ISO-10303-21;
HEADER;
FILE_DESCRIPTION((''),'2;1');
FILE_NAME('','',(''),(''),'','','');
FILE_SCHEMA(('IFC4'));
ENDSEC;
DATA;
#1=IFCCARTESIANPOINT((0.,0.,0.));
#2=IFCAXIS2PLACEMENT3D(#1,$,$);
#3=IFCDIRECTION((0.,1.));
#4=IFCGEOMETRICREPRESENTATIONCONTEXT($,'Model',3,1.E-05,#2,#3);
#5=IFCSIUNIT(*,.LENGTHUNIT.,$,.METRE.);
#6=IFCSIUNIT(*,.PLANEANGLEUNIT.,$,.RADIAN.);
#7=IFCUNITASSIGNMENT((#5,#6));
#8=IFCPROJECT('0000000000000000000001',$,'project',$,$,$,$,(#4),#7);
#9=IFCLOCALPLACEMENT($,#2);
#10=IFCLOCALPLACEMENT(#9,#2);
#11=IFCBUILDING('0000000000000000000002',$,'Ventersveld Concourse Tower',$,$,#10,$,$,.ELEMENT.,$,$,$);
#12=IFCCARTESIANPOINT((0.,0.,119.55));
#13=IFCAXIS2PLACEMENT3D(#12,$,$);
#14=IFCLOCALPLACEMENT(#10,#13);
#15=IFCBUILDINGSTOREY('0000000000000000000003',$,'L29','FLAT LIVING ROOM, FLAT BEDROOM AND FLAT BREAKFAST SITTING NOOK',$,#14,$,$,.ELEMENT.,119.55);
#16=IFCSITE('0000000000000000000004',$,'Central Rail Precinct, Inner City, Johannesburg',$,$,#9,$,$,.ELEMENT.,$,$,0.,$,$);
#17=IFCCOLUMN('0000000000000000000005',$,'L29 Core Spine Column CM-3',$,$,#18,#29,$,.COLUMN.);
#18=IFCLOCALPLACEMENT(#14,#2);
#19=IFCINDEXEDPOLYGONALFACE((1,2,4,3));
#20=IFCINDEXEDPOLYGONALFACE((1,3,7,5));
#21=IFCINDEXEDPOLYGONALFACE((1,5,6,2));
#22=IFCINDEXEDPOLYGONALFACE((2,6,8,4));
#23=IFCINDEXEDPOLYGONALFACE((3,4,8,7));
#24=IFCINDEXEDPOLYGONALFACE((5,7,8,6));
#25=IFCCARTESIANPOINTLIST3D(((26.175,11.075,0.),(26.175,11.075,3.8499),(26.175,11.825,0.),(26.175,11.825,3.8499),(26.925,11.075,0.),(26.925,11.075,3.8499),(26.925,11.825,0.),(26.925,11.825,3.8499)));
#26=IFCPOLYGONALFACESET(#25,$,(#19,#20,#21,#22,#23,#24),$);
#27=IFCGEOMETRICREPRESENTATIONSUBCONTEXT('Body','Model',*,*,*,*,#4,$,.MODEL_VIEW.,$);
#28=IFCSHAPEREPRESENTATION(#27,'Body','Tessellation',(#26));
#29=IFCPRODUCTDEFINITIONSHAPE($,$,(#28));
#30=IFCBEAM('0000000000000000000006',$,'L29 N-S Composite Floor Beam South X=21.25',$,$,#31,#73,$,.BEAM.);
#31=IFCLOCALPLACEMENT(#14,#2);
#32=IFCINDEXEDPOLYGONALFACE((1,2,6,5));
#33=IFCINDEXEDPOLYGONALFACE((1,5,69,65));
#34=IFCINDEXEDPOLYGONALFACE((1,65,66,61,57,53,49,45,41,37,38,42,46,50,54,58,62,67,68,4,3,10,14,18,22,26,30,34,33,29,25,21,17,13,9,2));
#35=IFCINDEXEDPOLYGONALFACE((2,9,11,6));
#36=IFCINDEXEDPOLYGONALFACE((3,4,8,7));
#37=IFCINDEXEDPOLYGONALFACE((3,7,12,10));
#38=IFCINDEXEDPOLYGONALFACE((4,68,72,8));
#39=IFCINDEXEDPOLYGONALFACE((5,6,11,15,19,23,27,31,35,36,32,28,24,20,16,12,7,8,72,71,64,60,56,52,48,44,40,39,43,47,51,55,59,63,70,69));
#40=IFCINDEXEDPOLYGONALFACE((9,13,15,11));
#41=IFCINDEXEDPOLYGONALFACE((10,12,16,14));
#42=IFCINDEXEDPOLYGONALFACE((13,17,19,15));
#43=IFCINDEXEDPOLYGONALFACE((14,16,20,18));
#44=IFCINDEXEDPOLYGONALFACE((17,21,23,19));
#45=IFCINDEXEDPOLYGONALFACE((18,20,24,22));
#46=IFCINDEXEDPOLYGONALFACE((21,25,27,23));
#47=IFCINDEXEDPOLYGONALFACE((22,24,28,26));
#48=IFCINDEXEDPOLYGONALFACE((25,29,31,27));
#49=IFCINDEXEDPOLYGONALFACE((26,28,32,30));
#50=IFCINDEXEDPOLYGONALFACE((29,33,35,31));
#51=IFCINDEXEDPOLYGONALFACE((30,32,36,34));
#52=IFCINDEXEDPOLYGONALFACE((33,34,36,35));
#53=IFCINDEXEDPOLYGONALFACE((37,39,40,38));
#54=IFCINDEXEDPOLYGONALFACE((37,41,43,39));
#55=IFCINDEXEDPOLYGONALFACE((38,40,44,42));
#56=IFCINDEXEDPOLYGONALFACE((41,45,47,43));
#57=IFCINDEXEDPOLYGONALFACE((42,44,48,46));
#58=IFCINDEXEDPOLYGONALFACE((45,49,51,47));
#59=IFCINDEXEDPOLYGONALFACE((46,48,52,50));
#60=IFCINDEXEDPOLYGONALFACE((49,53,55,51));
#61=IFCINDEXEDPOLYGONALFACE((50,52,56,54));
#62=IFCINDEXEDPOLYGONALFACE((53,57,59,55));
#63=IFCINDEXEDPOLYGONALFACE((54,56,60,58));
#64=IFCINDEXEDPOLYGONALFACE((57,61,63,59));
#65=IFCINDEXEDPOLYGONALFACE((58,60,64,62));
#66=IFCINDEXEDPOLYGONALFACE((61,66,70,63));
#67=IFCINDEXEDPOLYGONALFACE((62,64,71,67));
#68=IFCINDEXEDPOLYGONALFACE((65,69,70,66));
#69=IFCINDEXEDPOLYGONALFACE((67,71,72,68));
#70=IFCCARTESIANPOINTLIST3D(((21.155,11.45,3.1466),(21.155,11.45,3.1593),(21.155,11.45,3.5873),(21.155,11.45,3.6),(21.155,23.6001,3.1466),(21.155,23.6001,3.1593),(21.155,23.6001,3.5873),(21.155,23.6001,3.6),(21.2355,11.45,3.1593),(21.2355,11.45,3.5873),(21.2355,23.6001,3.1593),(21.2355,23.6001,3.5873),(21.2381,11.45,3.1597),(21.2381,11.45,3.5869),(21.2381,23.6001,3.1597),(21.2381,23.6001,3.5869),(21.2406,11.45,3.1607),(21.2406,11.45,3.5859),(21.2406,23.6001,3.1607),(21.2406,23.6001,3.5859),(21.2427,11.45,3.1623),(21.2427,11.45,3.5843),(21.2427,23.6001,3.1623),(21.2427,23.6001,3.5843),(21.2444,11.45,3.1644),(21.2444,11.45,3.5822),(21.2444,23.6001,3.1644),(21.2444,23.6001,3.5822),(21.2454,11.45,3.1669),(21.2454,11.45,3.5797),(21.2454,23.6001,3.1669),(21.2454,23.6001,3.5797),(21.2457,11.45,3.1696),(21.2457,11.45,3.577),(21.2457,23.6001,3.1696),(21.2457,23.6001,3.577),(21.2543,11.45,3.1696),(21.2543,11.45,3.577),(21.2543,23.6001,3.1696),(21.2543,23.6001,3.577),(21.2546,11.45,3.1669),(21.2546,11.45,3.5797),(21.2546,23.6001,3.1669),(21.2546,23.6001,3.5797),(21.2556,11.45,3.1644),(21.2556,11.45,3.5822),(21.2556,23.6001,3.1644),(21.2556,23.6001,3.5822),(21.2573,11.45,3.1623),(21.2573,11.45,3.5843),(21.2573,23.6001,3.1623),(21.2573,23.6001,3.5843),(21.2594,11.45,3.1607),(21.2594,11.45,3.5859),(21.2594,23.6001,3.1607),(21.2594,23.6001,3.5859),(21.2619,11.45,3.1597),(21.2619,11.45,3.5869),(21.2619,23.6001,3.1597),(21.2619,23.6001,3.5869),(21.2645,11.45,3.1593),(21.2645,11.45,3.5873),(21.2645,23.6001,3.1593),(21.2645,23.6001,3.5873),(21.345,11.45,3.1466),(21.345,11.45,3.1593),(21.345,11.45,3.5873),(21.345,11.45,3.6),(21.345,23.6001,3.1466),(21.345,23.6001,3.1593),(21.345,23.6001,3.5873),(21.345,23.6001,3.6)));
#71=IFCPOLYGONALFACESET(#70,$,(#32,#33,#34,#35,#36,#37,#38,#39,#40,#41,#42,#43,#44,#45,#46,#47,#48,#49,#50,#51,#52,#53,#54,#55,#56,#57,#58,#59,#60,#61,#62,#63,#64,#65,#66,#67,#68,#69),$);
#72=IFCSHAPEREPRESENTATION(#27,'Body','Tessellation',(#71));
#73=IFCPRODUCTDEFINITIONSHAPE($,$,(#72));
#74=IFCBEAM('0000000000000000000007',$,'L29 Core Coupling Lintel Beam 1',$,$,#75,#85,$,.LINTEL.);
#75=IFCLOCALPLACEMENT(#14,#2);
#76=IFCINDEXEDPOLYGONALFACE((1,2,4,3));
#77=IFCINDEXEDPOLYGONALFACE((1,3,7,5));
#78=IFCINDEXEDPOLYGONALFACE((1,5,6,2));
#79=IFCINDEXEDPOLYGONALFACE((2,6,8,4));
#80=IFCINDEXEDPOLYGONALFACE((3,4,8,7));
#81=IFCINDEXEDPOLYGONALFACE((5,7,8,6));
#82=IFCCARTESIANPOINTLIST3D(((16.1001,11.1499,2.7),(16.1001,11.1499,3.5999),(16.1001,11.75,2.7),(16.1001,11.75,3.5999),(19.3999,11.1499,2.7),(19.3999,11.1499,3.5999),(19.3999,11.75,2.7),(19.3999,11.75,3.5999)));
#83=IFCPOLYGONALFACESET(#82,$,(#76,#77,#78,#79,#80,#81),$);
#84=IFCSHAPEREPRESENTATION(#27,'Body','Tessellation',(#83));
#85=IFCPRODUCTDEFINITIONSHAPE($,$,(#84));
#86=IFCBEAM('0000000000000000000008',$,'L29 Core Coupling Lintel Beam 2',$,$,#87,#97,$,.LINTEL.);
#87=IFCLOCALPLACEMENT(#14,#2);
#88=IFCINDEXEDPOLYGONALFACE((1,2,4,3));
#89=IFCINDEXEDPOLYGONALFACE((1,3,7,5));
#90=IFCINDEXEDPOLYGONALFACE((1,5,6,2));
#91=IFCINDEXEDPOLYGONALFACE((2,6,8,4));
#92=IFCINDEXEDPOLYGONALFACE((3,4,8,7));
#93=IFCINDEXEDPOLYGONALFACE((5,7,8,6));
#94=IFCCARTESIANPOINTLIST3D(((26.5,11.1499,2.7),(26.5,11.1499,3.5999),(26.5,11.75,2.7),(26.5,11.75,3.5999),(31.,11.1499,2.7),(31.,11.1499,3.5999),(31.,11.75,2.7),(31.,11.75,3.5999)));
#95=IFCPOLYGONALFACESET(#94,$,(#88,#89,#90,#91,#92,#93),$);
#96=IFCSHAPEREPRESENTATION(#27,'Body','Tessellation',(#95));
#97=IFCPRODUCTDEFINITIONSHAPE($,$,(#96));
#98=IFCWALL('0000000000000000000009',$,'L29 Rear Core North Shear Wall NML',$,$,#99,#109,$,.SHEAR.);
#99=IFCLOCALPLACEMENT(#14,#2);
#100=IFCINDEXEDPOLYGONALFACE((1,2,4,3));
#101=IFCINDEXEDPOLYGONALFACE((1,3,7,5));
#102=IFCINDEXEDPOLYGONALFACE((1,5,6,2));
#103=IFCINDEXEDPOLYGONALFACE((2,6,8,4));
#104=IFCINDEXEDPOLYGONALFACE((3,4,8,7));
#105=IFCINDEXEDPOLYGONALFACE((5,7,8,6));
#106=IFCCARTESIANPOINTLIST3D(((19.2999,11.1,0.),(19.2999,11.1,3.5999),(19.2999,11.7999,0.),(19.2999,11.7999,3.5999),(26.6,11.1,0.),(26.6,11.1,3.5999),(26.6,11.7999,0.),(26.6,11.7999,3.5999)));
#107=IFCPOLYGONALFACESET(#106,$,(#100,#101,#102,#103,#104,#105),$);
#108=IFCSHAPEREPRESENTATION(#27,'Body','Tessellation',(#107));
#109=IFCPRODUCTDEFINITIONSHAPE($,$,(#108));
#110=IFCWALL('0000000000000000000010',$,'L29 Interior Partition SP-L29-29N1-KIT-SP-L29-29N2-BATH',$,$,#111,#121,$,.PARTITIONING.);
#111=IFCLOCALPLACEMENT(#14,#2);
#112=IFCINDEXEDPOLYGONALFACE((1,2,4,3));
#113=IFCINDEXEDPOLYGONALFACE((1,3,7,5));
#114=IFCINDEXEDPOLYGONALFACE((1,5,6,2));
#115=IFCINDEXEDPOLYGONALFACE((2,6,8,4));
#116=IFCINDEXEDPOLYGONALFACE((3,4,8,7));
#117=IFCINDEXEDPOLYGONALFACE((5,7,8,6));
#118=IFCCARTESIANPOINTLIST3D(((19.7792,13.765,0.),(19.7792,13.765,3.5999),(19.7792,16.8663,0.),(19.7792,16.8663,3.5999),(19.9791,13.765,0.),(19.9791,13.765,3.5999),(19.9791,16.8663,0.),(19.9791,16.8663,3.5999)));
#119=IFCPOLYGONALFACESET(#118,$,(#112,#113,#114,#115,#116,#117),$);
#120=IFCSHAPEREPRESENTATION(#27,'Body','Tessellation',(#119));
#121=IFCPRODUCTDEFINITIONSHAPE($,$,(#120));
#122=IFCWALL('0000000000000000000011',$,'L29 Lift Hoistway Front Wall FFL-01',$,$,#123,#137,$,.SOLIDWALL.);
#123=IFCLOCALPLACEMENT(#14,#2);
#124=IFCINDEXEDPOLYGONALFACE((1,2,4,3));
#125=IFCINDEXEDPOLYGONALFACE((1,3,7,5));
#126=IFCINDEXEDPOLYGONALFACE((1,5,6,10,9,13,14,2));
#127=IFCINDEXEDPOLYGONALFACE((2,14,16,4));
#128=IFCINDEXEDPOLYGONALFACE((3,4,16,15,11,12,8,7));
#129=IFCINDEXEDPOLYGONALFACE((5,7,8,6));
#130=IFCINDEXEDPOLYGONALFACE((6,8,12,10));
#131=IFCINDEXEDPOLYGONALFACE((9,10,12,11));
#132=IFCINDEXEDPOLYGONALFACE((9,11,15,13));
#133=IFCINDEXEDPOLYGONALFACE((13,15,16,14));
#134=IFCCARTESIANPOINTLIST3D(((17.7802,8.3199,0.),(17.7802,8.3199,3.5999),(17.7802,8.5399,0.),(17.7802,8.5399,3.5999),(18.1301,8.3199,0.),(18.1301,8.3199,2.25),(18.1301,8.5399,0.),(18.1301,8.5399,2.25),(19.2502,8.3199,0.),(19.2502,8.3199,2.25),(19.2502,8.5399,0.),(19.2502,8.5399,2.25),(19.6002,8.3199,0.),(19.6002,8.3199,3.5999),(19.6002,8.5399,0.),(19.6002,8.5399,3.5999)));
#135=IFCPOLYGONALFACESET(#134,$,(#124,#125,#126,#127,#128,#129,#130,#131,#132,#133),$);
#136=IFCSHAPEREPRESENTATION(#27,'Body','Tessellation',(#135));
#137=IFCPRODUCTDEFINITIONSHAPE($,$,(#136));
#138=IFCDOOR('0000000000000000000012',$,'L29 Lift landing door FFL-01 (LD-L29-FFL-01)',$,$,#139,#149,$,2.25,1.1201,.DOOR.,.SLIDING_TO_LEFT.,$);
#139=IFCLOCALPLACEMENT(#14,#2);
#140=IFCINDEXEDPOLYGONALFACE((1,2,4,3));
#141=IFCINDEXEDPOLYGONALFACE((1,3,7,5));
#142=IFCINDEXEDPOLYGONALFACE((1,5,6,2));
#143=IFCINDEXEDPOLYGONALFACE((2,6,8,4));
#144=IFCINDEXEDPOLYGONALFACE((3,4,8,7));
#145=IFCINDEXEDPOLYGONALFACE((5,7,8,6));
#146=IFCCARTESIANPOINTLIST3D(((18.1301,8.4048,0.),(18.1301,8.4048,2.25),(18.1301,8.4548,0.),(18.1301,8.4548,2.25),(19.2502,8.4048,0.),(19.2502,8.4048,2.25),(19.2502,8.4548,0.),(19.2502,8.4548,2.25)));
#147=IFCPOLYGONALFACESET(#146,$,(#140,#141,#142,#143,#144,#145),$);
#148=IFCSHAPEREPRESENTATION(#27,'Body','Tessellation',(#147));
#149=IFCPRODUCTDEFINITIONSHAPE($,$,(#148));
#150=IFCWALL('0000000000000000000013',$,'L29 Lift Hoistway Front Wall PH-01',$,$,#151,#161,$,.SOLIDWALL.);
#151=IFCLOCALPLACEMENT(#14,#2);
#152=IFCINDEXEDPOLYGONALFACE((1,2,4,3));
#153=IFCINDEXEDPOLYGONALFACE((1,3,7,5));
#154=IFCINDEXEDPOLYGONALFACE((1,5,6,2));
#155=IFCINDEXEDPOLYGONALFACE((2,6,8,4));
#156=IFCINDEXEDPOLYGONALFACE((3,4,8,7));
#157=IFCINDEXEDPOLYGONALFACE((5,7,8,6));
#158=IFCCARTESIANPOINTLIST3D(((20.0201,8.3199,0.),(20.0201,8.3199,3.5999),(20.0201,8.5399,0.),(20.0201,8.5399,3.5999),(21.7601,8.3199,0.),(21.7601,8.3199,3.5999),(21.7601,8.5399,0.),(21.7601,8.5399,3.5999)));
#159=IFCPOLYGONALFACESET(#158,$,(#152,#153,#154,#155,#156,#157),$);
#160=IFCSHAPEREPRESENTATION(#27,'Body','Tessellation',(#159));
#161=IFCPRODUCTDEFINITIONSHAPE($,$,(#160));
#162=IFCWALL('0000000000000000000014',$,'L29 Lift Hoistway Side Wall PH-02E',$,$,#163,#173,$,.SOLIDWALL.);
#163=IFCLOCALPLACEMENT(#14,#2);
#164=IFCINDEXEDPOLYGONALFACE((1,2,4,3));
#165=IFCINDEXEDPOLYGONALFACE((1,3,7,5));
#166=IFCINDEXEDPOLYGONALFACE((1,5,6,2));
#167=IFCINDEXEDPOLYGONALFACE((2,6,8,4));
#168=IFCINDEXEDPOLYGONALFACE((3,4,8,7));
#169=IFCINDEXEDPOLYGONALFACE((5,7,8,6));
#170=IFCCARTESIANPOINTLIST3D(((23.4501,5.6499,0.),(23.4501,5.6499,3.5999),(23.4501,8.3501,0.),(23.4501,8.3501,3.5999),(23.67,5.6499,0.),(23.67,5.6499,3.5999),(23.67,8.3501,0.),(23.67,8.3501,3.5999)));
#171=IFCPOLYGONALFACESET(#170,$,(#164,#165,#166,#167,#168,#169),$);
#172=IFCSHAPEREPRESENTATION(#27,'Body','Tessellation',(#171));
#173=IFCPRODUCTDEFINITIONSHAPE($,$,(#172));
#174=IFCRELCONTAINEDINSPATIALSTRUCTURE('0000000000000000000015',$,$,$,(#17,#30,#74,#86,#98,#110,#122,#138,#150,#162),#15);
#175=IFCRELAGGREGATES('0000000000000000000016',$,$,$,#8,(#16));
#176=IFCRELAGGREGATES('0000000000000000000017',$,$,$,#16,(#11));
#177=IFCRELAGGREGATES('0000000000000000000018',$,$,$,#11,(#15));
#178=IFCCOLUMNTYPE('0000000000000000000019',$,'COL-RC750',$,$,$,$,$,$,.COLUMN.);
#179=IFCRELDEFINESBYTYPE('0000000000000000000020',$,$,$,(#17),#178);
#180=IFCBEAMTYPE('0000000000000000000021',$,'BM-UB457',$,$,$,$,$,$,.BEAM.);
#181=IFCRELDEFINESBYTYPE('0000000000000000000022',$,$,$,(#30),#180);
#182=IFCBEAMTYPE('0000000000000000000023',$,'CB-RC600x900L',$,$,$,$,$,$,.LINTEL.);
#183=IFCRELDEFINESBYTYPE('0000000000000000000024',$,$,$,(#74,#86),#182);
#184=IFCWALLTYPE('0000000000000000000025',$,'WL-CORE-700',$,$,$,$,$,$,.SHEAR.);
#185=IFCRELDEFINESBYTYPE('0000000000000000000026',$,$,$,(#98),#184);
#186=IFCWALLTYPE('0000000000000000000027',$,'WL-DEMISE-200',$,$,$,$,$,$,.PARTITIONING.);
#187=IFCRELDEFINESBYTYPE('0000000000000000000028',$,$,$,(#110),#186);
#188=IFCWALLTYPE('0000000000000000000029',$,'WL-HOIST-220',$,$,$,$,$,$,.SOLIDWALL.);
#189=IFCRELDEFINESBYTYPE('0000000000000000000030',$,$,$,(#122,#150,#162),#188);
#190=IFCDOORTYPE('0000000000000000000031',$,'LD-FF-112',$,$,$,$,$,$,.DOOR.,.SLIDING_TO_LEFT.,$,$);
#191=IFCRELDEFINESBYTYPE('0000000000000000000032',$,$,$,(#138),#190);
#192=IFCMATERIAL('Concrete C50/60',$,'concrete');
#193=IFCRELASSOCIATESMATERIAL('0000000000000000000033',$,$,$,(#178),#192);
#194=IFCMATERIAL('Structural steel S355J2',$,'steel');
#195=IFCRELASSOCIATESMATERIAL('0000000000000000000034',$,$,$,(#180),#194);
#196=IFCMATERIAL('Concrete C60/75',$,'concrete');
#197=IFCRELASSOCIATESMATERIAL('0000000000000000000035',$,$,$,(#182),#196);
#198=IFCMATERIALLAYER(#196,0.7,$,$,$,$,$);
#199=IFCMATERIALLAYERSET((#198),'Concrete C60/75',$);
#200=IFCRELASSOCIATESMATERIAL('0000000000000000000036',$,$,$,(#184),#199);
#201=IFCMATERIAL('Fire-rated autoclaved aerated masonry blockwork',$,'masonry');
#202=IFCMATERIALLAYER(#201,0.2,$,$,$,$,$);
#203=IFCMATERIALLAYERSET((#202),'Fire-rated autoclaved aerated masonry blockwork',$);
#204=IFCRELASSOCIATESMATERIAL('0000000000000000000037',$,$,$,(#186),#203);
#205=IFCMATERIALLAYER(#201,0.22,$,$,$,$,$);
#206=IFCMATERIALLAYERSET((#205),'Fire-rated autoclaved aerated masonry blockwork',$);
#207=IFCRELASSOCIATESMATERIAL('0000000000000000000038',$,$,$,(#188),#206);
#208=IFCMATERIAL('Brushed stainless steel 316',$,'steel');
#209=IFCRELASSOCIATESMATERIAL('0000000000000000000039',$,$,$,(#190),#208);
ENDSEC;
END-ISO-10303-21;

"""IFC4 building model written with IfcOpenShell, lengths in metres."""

from ifc_helpers import new_model, si_unit, direction, frame, frame_2d, origin, origin_2d, place, context, subcontext, project, spatial, rectangle, i_section, extrude, material, layer, layer_set, material_profile, profile_set, type_object, element, fill, save


model = new_model("IFC4")

# Units and contexts
model_context = context("Model", 3, precision=1e-05, world=origin(), true_north=direction((0.0, 1.0)))
body_context = subcontext(model_context, "Body", "Model", "MODEL_VIEW")
ifc_project = project(units=[si_unit("LENGTHUNIT", "METRE"), si_unit("PLANEANGLEUNIT", "RADIAN")], contexts=[model_context])

# Site, building, storey
site_placement = place(None, origin())
site = spatial("IfcSite", under=ifc_project, at=site_placement, Name="Central Rail Precinct, Inner City, Johannesburg", CompositionType="ELEMENT", RefElevation=0.0)
building_placement = place(site_placement, origin())
building = spatial("IfcBuilding", under=site, at=building_placement, Name="Ventersveld Concourse Tower", CompositionType="ELEMENT")
storey_placement = place(building_placement, frame((0.0, 0.0, 119.55)))
storey = spatial("IfcBuildingStorey", under=building, at=storey_placement, Name="L29", Description="FLAT LIVING ROOM, FLAT BEDROOM AND FLAT BREAKFAST SITTING NOOK", CompositionType="ELEMENT", Elevation=119.55)

# Column
ifc_material_1 = material(Name="Concrete C50/60", Category="concrete")
ifc_material_profile_1 = material_profile(ifc_material_1, rectangle(XDim=0.75, YDim=0.75, at=origin_2d()), Name="RC 750x750")
ifc_profile_set_1 = profile_set([ifc_material_profile_1], Name="Concrete C50/60")
column_type = type_object("IfcColumnType", Name="COL-RC750", PredefinedType="COLUMN", material=ifc_profile_set_1)
column_placement = place(storey_placement, frame((26.55, 11.45, 0.0), z_axis=(0.0, 0.0, 1.0), x_axis=(1.0, 0.0, 0.0)))
element("IfcColumn", 1, at=column_placement, inside=storey, type_object=column_type, Name="L29 Core Spine Column CM-3", PredefinedType="COLUMN", context=body_context, shape_type="SweptSolid", body=[
    extrude(rectangle(XDim=0.75, YDim=0.75, at=origin_2d()), origin(), (0.0, 0.0, 1.0), 3.8499),
])

# Beams
ifc_material_2 = material(Name="Structural steel S355J2", Category="steel")
ifc_material_profile_2 = material_profile(ifc_material_2, i_section(OverallWidth=0.1899, OverallDepth=0.4534, WebThickness=0.0085, FlangeThickness=0.0127, FilletRadius=0.0103, at=origin_2d()), Name="UB 457x191x67")
ifc_profile_set_2 = profile_set([ifc_material_profile_2], Name="Structural steel S355J2")
beam_type_1 = type_object("IfcBeamType", Name="BM-UB457", PredefinedType="BEAM", material=ifc_profile_set_2)
beam_1_placement = place(storey_placement, frame((21.25, 11.45, 3.3733), z_axis=(0.0, 1.0, 0.0), x_axis=(-1.0, 0.0, 0.0)))
element("IfcBeam", 2, at=beam_1_placement, inside=storey, type_object=beam_type_1, Name="L29 N-S Composite Floor Beam South X=21.25", PredefinedType="BEAM", context=body_context, shape_type="SweptSolid", body=[
    extrude(i_section(OverallWidth=0.1899, OverallDepth=0.4534, WebThickness=0.0085, FlangeThickness=0.0127, FilletRadius=0.0103, at=origin_2d()), origin(), (0.0, 0.0, 1.0), 12.1501),
])
ifc_material_3 = material(Name="Concrete C60/75", Category="concrete")
ifc_material_profile_3 = material_profile(ifc_material_3, rectangle(XDim=0.6001, YDim=0.8999, at=origin_2d()), Name="RC 600x900")
ifc_profile_set_3 = profile_set([ifc_material_profile_3], Name="Concrete C60/75")
beam_type_2 = type_object("IfcBeamType", Name="CB-RC600x900L", PredefinedType="LINTEL", material=ifc_profile_set_3)
beam_2_placement = place(storey_placement, frame((16.1001, 11.45, 3.1499), z_axis=(1.0, 0.0, 0.0), x_axis=(0.0, 1.0, 0.0)))
element("IfcBeam", 3, at=beam_2_placement, inside=storey, type_object=beam_type_2, Name="L29 Core Coupling Lintel Beam 1", PredefinedType="LINTEL", context=body_context, shape_type="SweptSolid", body=[
    extrude(rectangle(XDim=0.6001, YDim=0.8999, at=origin_2d()), origin(), (0.0, 0.0, 1.0), 3.2998),
])
beam_3_placement = place(storey_placement, frame((26.5, 11.45, 3.1499), z_axis=(1.0, 0.0, 0.0), x_axis=(0.0, 1.0, 0.0)))
element("IfcBeam", 4, at=beam_3_placement, inside=storey, type_object=beam_type_2, Name="L29 Core Coupling Lintel Beam 2", PredefinedType="LINTEL", context=body_context, shape_type="SweptSolid", body=[
    extrude(rectangle(XDim=0.6001, YDim=0.8999, at=origin_2d()), origin(), (0.0, 0.0, 1.0), 4.5),
])

# Walls
ifc_layer_1 = layer(ifc_material_3, 0.7)
ifc_layer_set_1 = layer_set([ifc_layer_1], Name="Concrete C60/75")
wall_type_1 = type_object("IfcWallType", Name="WL-CORE-700", PredefinedType="SHEAR", material=ifc_layer_set_1)
wall_1_placement = place(storey_placement, frame((19.3, 11.45, 0.0), z_axis=(0.0, 0.0, 1.0), x_axis=(1.0, 0.0, 0.0)))
element("IfcWall", 5, at=wall_1_placement, inside=storey, type_object=wall_type_1, Name="L29 Rear Core North Shear Wall NML", PredefinedType="SHEAR", context=body_context, shape_type="SweptSolid", body=[
    extrude(rectangle(XDim=7.3, YDim=0.7, at=frame_2d((3.6499, 0.0))), origin(), (0.0, 0.0, 1.0), 3.5999),
])
ifc_material_4 = material(Name="Fire-rated autoclaved aerated masonry blockwork", Category="masonry")
ifc_layer_2 = layer(ifc_material_4, 0.2)
ifc_layer_set_2 = layer_set([ifc_layer_2], Name="Fire-rated autoclaved aerated masonry blockwork")
wall_type_2 = type_object("IfcWallType", Name="WL-DEMISE-200", PredefinedType="PARTITIONING", material=ifc_layer_set_2)
wall_2_placement = place(storey_placement, frame((19.8792, 13.7649, 0.0), z_axis=(0.0, 0.0, 1.0), x_axis=(0.0, 1.0, 0.0)))
element("IfcWall", 6, at=wall_2_placement, inside=storey, type_object=wall_type_2, Name="L29 Interior Partition SP-L29-29N1-KIT-SP-L29-29N2-BATH", PredefinedType="PARTITIONING", context=body_context, shape_type="SweptSolid", body=[
    extrude(rectangle(XDim=3.1013, YDim=0.2, at=frame_2d((1.5508, 0.0))), origin(), (0.0, 0.0, 1.0), 3.5999),
])

# Wall, opening, door
ifc_layer_3 = layer(ifc_material_4, 0.22)
ifc_layer_set_3 = layer_set([ifc_layer_3], Name="Fire-rated autoclaved aerated masonry blockwork")
wall_type_3 = type_object("IfcWallType", Name="WL-HOIST-220", PredefinedType="SOLIDWALL", material=ifc_layer_set_3)
wall_3_placement = place(storey_placement, frame((17.78, 8.4299, 0.0), z_axis=(0.0, 0.0, 1.0), x_axis=(1.0, 0.0, 0.0)))
wall_3 = element("IfcWall", 7, at=wall_3_placement, inside=storey, type_object=wall_type_3, Name="L29 Lift Hoistway Front Wall FFL-01", PredefinedType="SOLIDWALL", context=body_context, shape_type="SweptSolid", body=[
    extrude(rectangle(XDim=1.8201, YDim=0.22, at=frame_2d((0.9102, 0.0))), origin(), (0.0, 0.0, 1.0), 3.5999),
])
opening_1_placement = place(wall_3_placement, frame((0.3501, 0.0, 0.0)))
opening_1 = element("IfcOpeningElement", 8, at=opening_1_placement, cuts=wall_3, PredefinedType="OPENING", context=body_context, shape_type="SweptSolid", body=[
    extrude(rectangle(XDim=1.1201, YDim=2.25, at=frame_2d((0.5601, 1.125))), frame((0.0, 0.1201, 0.0), z_axis=(0.0, -1.0, 0.0), x_axis=(1.0, 0.0, 0.0)), (0.0, 0.0, 1.0), 0.24),
])
ifc_material_5 = material(Name="Brushed stainless steel 316", Category="steel")
door_type_1 = type_object("IfcDoorType", Name="LD-FF-112", OperationType="SLIDING_TO_LEFT", PredefinedType="DOOR", material=ifc_material_5)
door_1_placement = place(opening_1_placement, origin())
door_1 = element("IfcDoor", 9, at=door_1_placement, inside=storey, type_object=door_type_1, Name="L29 Lift landing door FFL-01 (LD-L29-FFL-01)", OperationType="SLIDING_TO_LEFT", OverallHeight=2.25, OverallWidth=1.1201, PredefinedType="DOOR", context=body_context, shape_type="SweptSolid", body=[
    extrude(rectangle(XDim=1.1201, YDim=2.25, at=frame_2d((0.5601, 1.125))), frame((0.0, 0.0249, 0.0), z_axis=(0.0, -1.0, 0.0), x_axis=(1.0, 0.0, 0.0)), (0.0, 0.0, 1.0), 0.05),
])
fill(opening_1, door_1)

# Walls
wall_4_placement = place(storey_placement, frame((20.02, 8.4299, 0.0), z_axis=(0.0, 0.0, 1.0), x_axis=(1.0, 0.0, 0.0)))
element("IfcWall", 10, at=wall_4_placement, inside=storey, type_object=wall_type_3, Name="L29 Lift Hoistway Front Wall PH-01", PredefinedType="SOLIDWALL", context=body_context, shape_type="SweptSolid", body=[
    extrude(rectangle(XDim=1.74, YDim=0.22, at=frame_2d((0.8701, 0.0))), origin(), (0.0, 0.0, 1.0), 3.5999),
])
wall_5_placement = place(storey_placement, frame((23.5601, 5.6499, 0.0), z_axis=(0.0, 0.0, 1.0), x_axis=(0.0, 1.0, 0.0)))
element("IfcWall", 11, at=wall_5_placement, inside=storey, type_object=wall_type_3, Name="L29 Lift Hoistway Side Wall PH-02E", PredefinedType="SOLIDWALL", context=body_context, shape_type="SweptSolid", body=[
    extrude(rectangle(XDim=2.7002, YDim=0.22, at=frame_2d((1.3501, 0.0))), origin(), (0.0, 0.0, 1.0), 3.5999),
])

save(model, "model.ifc")
